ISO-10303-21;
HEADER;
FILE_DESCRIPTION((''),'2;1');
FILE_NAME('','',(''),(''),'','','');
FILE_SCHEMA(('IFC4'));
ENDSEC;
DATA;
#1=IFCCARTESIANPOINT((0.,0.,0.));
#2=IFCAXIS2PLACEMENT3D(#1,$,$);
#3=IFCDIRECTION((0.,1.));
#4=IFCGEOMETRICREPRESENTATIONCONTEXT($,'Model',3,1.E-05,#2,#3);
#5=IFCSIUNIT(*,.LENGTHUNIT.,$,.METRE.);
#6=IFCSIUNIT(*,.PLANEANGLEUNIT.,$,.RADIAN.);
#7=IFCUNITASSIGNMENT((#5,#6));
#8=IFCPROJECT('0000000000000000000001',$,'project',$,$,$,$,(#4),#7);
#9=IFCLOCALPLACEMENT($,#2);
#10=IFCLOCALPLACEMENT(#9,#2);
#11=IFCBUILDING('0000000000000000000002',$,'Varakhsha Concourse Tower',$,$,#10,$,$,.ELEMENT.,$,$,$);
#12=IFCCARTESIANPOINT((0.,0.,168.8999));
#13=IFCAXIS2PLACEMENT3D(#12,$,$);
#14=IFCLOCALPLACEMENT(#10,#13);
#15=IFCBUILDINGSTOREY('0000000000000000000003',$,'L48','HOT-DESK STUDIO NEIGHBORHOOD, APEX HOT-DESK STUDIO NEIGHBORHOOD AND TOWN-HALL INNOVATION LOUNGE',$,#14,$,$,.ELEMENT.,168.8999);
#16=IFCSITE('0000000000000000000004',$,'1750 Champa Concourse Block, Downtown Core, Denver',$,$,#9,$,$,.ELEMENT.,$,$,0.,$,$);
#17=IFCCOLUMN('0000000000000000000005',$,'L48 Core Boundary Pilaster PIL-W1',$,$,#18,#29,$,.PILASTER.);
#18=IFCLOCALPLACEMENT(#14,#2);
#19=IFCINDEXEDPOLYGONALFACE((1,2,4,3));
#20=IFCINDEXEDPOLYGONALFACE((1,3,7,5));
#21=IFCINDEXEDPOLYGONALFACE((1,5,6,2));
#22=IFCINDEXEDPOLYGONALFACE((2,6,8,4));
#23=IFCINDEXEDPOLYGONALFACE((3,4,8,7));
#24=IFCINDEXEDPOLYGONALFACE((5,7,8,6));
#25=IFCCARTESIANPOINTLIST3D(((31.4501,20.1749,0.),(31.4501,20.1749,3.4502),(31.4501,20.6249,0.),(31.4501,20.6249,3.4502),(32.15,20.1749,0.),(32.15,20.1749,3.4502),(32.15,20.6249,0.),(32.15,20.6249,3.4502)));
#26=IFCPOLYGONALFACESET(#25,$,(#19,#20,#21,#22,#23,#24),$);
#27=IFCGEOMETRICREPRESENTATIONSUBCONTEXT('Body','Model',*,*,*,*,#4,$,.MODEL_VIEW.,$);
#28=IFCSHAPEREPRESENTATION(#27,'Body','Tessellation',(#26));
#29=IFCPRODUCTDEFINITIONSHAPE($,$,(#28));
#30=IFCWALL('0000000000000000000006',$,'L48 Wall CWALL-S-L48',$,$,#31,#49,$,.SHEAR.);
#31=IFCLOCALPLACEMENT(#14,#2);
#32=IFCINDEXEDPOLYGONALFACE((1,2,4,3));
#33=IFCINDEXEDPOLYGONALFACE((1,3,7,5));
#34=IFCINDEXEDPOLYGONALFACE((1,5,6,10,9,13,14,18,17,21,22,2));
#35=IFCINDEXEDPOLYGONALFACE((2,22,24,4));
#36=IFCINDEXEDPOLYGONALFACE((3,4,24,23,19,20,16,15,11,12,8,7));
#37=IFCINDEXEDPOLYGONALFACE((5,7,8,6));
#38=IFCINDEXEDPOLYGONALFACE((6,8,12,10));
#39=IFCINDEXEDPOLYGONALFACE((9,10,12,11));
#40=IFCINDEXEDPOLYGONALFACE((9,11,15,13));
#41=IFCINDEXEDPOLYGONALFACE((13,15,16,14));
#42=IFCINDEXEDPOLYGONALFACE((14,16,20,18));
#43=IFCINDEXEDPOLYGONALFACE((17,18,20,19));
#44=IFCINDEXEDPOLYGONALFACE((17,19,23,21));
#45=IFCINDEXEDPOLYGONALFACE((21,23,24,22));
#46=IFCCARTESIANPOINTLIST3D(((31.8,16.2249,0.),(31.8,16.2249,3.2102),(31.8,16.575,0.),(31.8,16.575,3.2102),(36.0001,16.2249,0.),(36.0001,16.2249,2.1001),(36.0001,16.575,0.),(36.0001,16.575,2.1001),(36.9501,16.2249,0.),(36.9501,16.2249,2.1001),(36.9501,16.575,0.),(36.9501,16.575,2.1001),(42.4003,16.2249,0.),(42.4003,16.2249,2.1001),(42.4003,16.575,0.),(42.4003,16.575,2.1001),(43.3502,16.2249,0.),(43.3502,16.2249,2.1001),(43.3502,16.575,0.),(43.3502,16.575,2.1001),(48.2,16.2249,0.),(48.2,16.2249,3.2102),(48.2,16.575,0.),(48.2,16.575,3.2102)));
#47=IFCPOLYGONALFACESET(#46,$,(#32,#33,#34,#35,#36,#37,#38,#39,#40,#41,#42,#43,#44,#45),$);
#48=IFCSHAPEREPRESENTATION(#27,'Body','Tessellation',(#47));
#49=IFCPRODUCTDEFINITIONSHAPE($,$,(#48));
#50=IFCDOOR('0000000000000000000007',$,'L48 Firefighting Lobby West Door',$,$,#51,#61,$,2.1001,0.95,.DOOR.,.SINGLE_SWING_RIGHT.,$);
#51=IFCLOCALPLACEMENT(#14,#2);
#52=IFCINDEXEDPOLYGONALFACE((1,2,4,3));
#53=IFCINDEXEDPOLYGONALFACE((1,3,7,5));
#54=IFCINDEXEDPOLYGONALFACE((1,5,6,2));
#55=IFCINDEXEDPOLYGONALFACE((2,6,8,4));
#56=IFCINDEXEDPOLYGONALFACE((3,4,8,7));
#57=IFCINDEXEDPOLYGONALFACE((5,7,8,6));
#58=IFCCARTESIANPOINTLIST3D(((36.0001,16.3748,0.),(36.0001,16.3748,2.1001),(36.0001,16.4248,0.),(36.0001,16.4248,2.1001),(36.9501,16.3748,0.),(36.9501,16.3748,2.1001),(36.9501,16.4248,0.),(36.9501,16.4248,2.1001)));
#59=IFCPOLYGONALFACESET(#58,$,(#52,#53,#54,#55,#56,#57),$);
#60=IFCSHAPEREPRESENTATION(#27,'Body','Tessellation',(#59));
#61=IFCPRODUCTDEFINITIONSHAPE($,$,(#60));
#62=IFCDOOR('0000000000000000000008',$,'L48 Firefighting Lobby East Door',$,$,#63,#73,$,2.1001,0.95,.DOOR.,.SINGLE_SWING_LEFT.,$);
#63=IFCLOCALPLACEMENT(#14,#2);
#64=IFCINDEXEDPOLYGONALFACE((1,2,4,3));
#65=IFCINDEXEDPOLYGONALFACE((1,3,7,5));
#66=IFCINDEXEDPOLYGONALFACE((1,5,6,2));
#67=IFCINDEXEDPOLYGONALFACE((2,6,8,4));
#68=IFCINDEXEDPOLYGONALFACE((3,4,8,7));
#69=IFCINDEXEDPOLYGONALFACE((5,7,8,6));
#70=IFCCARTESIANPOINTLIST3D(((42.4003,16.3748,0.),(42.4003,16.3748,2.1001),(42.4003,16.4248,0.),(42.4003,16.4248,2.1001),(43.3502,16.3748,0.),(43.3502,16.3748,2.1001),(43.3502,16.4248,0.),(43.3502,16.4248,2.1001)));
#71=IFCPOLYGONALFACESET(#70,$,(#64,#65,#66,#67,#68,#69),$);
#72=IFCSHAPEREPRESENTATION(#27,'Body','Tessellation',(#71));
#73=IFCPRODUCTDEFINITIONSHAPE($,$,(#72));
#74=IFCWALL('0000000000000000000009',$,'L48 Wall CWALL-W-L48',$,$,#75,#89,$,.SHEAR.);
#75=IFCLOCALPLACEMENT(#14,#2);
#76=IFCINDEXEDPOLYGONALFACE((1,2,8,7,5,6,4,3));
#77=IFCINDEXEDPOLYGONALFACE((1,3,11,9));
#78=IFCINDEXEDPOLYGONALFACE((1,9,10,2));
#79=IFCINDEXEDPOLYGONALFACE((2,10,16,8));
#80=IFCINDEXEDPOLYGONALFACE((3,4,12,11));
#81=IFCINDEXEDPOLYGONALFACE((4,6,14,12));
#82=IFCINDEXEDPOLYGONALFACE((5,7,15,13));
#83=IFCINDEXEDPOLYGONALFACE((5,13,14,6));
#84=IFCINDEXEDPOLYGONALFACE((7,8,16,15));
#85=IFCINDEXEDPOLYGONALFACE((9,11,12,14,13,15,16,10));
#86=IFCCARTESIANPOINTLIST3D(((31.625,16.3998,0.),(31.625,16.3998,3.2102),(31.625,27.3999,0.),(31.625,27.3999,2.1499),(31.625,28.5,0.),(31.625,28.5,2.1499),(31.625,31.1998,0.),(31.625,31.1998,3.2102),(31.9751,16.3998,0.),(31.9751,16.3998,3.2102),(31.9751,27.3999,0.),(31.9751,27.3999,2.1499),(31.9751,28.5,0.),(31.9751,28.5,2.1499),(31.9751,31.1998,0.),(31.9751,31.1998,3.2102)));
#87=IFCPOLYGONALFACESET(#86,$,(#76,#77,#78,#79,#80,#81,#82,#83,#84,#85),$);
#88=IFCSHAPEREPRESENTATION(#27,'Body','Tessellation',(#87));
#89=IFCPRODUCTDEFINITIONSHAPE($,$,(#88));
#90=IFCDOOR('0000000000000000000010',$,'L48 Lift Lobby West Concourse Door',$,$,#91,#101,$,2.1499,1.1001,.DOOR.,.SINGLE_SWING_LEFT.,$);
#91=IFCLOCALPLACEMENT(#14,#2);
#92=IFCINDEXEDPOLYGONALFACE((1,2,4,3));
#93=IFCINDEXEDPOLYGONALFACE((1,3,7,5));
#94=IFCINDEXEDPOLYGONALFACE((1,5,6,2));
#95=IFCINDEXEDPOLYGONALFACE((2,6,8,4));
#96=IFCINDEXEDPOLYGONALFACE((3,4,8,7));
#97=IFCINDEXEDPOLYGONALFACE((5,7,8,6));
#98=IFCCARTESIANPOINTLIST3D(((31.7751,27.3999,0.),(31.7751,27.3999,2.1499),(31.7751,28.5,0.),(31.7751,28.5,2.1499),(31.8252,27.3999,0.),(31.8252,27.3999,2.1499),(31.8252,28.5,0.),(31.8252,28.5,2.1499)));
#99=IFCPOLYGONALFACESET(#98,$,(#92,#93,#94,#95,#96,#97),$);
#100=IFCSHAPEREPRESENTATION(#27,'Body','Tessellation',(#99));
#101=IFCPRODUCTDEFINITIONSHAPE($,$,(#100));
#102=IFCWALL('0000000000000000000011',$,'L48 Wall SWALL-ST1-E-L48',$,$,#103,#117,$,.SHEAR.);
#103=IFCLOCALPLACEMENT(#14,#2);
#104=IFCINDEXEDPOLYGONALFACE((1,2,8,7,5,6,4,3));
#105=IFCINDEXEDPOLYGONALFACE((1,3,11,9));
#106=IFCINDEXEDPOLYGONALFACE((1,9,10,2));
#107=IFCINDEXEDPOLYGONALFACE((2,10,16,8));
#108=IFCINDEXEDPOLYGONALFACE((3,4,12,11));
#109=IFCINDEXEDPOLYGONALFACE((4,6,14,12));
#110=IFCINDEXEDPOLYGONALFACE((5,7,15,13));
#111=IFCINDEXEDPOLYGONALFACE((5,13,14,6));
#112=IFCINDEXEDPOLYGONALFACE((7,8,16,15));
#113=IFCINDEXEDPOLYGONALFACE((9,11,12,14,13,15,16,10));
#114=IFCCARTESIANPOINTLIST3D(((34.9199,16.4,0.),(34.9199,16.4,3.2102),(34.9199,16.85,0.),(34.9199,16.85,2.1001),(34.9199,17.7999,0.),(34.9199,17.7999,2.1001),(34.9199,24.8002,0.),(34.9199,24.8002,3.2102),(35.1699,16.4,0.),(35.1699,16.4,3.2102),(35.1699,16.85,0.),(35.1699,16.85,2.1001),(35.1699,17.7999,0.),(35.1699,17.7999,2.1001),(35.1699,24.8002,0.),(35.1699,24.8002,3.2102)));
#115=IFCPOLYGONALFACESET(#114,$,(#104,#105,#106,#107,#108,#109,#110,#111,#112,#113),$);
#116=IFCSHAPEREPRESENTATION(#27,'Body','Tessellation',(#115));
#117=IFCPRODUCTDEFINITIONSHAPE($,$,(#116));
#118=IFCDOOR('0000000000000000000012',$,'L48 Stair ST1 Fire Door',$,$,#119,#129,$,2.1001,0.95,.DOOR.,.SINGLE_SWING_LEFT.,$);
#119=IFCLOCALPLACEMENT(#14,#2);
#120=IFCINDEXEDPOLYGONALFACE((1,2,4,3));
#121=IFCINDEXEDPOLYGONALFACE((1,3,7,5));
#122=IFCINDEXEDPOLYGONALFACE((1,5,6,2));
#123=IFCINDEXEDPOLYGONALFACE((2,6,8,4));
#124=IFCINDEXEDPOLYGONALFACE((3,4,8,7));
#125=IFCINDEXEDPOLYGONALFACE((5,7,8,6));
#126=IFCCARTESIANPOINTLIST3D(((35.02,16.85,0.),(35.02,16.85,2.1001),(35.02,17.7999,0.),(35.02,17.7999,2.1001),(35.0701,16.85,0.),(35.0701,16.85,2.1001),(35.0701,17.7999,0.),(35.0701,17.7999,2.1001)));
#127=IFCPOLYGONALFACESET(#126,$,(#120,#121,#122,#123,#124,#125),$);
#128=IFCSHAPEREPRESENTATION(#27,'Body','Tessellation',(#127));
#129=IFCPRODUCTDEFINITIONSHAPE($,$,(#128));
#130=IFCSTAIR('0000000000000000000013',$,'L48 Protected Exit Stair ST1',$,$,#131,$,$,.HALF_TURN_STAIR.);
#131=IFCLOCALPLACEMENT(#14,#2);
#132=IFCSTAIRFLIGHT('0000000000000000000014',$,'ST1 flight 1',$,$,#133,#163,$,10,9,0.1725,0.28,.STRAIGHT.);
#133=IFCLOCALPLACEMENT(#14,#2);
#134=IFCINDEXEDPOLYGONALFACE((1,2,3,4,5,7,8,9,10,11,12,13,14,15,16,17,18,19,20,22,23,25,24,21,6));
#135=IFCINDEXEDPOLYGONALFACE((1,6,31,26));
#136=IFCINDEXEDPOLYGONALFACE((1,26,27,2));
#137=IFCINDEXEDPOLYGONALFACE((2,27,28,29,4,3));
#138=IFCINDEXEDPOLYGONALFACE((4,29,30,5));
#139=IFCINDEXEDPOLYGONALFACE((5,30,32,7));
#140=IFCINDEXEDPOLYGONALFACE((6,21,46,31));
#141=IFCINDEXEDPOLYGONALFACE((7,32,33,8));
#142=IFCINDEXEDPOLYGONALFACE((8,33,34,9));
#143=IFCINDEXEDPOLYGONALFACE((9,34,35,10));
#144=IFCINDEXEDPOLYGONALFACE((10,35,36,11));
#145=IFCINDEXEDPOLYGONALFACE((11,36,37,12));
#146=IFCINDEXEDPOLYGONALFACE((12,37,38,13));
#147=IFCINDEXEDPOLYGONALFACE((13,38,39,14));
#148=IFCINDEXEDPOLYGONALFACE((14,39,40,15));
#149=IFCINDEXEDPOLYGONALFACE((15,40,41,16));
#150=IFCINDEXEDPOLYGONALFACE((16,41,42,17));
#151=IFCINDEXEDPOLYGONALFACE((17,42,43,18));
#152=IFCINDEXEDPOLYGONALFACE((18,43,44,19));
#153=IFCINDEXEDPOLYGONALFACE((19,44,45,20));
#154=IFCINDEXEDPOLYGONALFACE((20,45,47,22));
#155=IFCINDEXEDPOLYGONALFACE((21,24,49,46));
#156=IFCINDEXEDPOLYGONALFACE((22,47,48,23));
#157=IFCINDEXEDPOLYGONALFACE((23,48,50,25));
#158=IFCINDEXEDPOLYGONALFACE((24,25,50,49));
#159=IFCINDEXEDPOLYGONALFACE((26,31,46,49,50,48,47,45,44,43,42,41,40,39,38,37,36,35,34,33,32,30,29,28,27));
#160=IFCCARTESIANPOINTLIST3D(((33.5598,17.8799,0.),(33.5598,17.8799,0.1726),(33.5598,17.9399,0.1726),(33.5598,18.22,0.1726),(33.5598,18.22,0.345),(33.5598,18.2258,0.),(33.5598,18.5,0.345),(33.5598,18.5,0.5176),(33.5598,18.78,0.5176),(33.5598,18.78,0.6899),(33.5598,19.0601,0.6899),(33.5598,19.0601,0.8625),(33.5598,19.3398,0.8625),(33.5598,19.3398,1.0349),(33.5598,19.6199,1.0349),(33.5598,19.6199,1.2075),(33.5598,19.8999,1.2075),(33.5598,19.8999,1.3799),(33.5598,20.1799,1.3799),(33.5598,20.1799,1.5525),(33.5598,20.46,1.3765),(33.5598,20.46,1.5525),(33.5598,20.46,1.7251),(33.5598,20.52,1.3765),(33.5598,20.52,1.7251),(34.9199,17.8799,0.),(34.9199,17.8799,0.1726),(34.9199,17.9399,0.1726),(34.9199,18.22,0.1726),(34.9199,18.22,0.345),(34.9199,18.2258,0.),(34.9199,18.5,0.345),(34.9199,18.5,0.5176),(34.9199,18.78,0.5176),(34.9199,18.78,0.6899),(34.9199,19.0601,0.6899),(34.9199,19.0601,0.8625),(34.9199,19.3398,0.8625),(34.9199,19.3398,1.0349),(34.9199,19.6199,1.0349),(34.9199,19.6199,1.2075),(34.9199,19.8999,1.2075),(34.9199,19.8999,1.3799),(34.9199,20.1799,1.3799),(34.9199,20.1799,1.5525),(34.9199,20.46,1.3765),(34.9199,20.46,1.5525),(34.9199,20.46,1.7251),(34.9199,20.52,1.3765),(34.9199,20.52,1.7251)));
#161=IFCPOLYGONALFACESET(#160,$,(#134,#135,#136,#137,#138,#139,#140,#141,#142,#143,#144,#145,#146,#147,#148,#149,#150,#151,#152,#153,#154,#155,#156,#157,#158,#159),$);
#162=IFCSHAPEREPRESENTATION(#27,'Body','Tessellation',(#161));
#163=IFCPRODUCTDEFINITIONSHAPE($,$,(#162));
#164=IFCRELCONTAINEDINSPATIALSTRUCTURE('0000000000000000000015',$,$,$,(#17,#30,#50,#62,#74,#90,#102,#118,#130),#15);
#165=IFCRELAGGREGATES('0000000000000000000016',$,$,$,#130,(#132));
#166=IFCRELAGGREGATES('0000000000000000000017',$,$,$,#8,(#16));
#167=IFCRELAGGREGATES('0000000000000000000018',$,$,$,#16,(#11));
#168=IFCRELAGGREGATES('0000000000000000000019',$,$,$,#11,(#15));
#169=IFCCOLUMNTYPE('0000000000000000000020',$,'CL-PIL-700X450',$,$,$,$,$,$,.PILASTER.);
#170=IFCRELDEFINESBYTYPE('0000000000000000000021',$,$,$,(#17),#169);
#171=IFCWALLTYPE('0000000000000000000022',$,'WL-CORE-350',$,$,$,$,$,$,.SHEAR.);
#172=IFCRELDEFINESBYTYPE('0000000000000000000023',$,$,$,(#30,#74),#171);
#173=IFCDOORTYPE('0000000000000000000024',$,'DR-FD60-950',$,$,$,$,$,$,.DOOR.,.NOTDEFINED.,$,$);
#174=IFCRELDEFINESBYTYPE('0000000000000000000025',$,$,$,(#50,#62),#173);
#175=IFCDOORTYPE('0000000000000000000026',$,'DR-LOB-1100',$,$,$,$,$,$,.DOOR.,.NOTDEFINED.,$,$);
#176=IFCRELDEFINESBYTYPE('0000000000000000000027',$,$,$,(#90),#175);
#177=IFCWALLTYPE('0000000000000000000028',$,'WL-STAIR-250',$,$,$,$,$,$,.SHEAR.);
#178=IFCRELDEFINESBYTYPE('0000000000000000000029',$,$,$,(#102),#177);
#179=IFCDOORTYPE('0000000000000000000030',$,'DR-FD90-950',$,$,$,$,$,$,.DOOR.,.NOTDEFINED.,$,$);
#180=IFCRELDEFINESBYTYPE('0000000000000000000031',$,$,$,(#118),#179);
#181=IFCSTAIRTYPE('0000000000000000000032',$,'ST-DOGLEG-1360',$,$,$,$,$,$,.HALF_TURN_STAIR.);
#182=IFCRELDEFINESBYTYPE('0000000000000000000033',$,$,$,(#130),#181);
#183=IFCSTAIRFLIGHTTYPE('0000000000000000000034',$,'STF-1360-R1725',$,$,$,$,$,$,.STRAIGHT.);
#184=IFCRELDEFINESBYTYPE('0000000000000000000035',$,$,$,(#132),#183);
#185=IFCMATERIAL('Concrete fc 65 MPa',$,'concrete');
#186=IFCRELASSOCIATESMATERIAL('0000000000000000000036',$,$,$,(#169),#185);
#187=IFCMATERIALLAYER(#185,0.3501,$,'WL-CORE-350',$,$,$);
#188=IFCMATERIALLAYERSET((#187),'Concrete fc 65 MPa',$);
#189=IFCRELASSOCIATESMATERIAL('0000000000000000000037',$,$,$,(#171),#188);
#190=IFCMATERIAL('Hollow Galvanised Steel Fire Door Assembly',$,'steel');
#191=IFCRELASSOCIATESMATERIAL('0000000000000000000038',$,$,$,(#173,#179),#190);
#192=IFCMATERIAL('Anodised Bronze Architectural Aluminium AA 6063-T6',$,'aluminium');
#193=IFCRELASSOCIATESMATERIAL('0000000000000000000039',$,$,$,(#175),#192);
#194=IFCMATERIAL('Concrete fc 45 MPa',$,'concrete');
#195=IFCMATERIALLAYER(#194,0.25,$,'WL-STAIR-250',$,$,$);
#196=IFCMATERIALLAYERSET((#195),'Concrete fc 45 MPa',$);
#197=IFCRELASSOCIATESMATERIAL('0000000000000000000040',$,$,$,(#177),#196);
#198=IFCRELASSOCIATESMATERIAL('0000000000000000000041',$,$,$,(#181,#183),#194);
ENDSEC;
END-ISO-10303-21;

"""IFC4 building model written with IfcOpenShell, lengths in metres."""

from ifc_helpers import new_model, si_unit, direction, frame, frame_2d, origin, origin_2d, place, context, subcontext, project, spatial, polyline, rectangle, outline, extrude, material, layer, layer_set, material_profile, profile_set, type_object, element, fill, aggregate, save


model = new_model("IFC4")

# Units and contexts
model_context = context("Model", 3, precision=1e-05, world=origin(), true_north=direction((0.0, 1.0)))
body_context = subcontext(model_context, "Body", "Model", "MODEL_VIEW")
ifc_project = project(units=[si_unit("LENGTHUNIT", "METRE"), si_unit("PLANEANGLEUNIT", "RADIAN")], contexts=[model_context])

# Site, building, storey
site_placement = place(None, origin())
site = spatial("IfcSite", under=ifc_project, at=site_placement, Name="1750 Champa Concourse Block, Downtown Core, Denver", CompositionType="ELEMENT", RefElevation=0.0)
building_placement = place(site_placement, origin())
building = spatial("IfcBuilding", under=site, at=building_placement, Name="Varakhsha Concourse Tower", CompositionType="ELEMENT")
storey_placement = place(building_placement, frame((0.0, 0.0, 168.8999)))
storey = spatial("IfcBuildingStorey", under=building, at=storey_placement, Name="L48", Description="HOT-DESK STUDIO NEIGHBORHOOD, APEX HOT-DESK STUDIO NEIGHBORHOOD AND TOWN-HALL INNOVATION LOUNGE", CompositionType="ELEMENT", Elevation=168.8999)

# Column
ifc_material_1 = material(Name="Concrete fc 65 MPa", Category="concrete")
ifc_material_profile = material_profile(ifc_material_1, rectangle(XDim=0.7, YDim=0.45, at=origin_2d()), Name="RC 700x450")
ifc_profile_set = profile_set([ifc_material_profile], Name="Concrete fc 65 MPa")
column_type = type_object("IfcColumnType", Name="CL-PIL-700X450", PredefinedType="PILASTER", material=ifc_profile_set)
column_placement = place(storey_placement, frame((31.8, 20.3999, 0.0), z_axis=(0.0, 0.0, 1.0), x_axis=(1.0, 0.0, 0.0)))
element("IfcColumn", 1, at=column_placement, inside=storey, type_object=column_type, Name="L48 Core Boundary Pilaster PIL-W1", PredefinedType="PILASTER", context=body_context, shape_type="SweptSolid", body=[
    extrude(rectangle(XDim=0.7, YDim=0.45, at=origin_2d()), origin(), (0.0, 0.0, 1.0), 3.4502),
])

# Wall, openings, doors
ifc_layer_1 = layer(ifc_material_1, 0.3501, Name="WL-CORE-350")
ifc_layer_set_1 = layer_set([ifc_layer_1], Name="Concrete fc 65 MPa")
wall_type_1 = type_object("IfcWallType", Name="WL-CORE-350", PredefinedType="SHEAR", material=ifc_layer_set_1)
wall_1_placement = place(storey_placement, frame((31.8, 16.3999, 0.0), z_axis=(0.0, 0.0, 1.0), x_axis=(1.0, 0.0, 0.0)))
wall_1 = element("IfcWall", 2, at=wall_1_placement, inside=storey, type_object=wall_type_1, Name="L48 Wall CWALL-S-L48", PredefinedType="SHEAR", context=body_context, shape_type="SweptSolid", body=[
    extrude(rectangle(XDim=16.3999, YDim=0.3501, at=frame_2d((8.2, 0.0))), origin(), (0.0, 0.0, 1.0), 3.2102),
])
opening_1_placement = place(wall_1_placement, frame((4.2, 0.0, 0.0)))
opening_1 = element("IfcOpeningElement", 3, at=opening_1_placement, cuts=wall_1, PredefinedType="OPENING", context=body_context, shape_type="SweptSolid", body=[
    extrude(rectangle(XDim=0.95, YDim=2.1001, at=frame_2d((0.4751, 1.05))), frame((0.0, 0.1851, 0.0), z_axis=(0.0, -1.0, 0.0), x_axis=(1.0, 0.0, 0.0)), (0.0, 0.0, 1.0), 0.3701),
])
opening_2_placement = place(wall_1_placement, frame((10.6001, 0.0, 0.0)))
opening_2 = element("IfcOpeningElement", 4, at=opening_2_placement, cuts=wall_1, PredefinedType="OPENING", context=body_context, shape_type="SweptSolid", body=[
    extrude(rectangle(XDim=0.95, YDim=2.1001, at=frame_2d((0.4751, 1.05))), frame((0.0, 0.1851, 0.0), z_axis=(0.0, -1.0, 0.0), x_axis=(1.0, 0.0, 0.0)), (0.0, 0.0, 1.0), 0.3701),
])
ifc_material_2 = material(Name="Hollow Galvanised Steel Fire Door Assembly", Category="steel")
door_type_1 = type_object("IfcDoorType", Name="DR-FD60-950", OperationType="NOTDEFINED", PredefinedType="DOOR", material=ifc_material_2)
door_1_placement = place(opening_1_placement, origin())
door_1 = element("IfcDoor", 5, at=door_1_placement, inside=storey, type_object=door_type_1, Name="L48 Firefighting Lobby West Door", OperationType="SINGLE_SWING_RIGHT", OverallHeight=2.1001, OverallWidth=0.95, PredefinedType="DOOR", context=body_context, shape_type="SweptSolid", body=[
    extrude(rectangle(XDim=0.95, YDim=2.1001, at=frame_2d((0.4751, 1.05))), frame((0.0, 0.0249, 0.0), z_axis=(0.0, -1.0, 0.0), x_axis=(1.0, 0.0, 0.0)), (0.0, 0.0, 1.0), 0.05),
])
fill(opening_1, door_1)
door_2_placement = place(opening_2_placement, origin())
door_2 = element("IfcDoor", 6, at=door_2_placement, inside=storey, type_object=door_type_1, Name="L48 Firefighting Lobby East Door", OperationType="SINGLE_SWING_LEFT", OverallHeight=2.1001, OverallWidth=0.95, PredefinedType="DOOR", context=body_context, shape_type="SweptSolid", body=[
    extrude(rectangle(XDim=0.95, YDim=2.1001, at=frame_2d((0.4751, 1.05))), frame((0.0, 0.0249, 0.0), z_axis=(0.0, -1.0, 0.0), x_axis=(1.0, 0.0, 0.0)), (0.0, 0.0, 1.0), 0.05),
])
fill(opening_2, door_2)

# Walls, openings, doors
wall_2_placement = place(storey_placement, frame((31.8, 16.3999, 0.0), z_axis=(0.0, 0.0, 1.0), x_axis=(0.0, 1.0, 0.0)))
wall_2 = element("IfcWall", 7, at=wall_2_placement, inside=storey, type_object=wall_type_1, Name="L48 Wall CWALL-W-L48", PredefinedType="SHEAR", context=body_context, shape_type="SweptSolid", body=[
    extrude(rectangle(XDim=14.8, YDim=0.3501, at=frame_2d((7.3999, 0.0))), origin(), (0.0, 0.0, 1.0), 3.2102),
])
opening_3_placement = place(wall_2_placement, frame((11.0, 0.0, 0.0)))
opening_3 = element("IfcOpeningElement", 8, at=opening_3_placement, cuts=wall_2, PredefinedType="OPENING", context=body_context, shape_type="SweptSolid", body=[
    extrude(rectangle(XDim=1.1001, YDim=2.1499, at=frame_2d((0.55, 1.075))), frame((0.0, 0.1851, 0.0), z_axis=(0.0, -1.0, 0.0), x_axis=(1.0, 0.0, 0.0)), (0.0, 0.0, 1.0), 0.3701),
])
ifc_material_3 = material(Name="Anodised Bronze Architectural Aluminium AA 6063-T6", Category="aluminium")
door_type_2 = type_object("IfcDoorType", Name="DR-LOB-1100", OperationType="NOTDEFINED", PredefinedType="DOOR", material=ifc_material_3)
door_3_placement = place(opening_3_placement, origin())
door_3 = element("IfcDoor", 9, at=door_3_placement, inside=storey, type_object=door_type_2, Name="L48 Lift Lobby West Concourse Door", OperationType="SINGLE_SWING_LEFT", OverallHeight=2.1499, OverallWidth=1.1001, PredefinedType="DOOR", context=body_context, shape_type="SweptSolid", body=[
    extrude(rectangle(XDim=1.1001, YDim=2.1499, at=frame_2d((0.55, 1.075))), frame((0.0, 0.0249, 0.0), z_axis=(0.0, -1.0, 0.0), x_axis=(1.0, 0.0, 0.0)), (0.0, 0.0, 1.0), 0.05),
])
fill(opening_3, door_3)
ifc_material_4 = material(Name="Concrete fc 45 MPa", Category="concrete")
ifc_layer_2 = layer(ifc_material_4, 0.25, Name="WL-STAIR-250")
ifc_layer_set_2 = layer_set([ifc_layer_2], Name="Concrete fc 45 MPa")
wall_type_2 = type_object("IfcWallType", Name="WL-STAIR-250", PredefinedType="SHEAR", material=ifc_layer_set_2)
wall_3_placement = place(storey_placement, frame((35.0449, 16.3999, 0.0), z_axis=(0.0, 0.0, 1.0), x_axis=(0.0, 1.0, 0.0)))
wall_3 = element("IfcWall", 10, at=wall_3_placement, inside=storey, type_object=wall_type_2, Name="L48 Wall SWALL-ST1-E-L48", PredefinedType="SHEAR", context=body_context, shape_type="SweptSolid", body=[
    extrude(rectangle(XDim=8.4001, YDim=0.25, at=frame_2d((4.2002, 0.0))), origin(), (0.0, 0.0, 1.0), 3.2102),
])
opening_4_placement = place(wall_3_placement, frame((0.45, 0.0, 0.0)))
opening_4 = element("IfcOpeningElement", 11, at=opening_4_placement, cuts=wall_3, PredefinedType="OPENING", context=body_context, shape_type="SweptSolid", body=[
    extrude(rectangle(XDim=0.95, YDim=2.1001, at=frame_2d((0.4751, 1.05))), frame((0.0, 0.135, 0.0), z_axis=(0.0, -1.0, 0.0), x_axis=(1.0, 0.0, 0.0)), (0.0, 0.0, 1.0), 0.27),
])
door_type_3 = type_object("IfcDoorType", Name="DR-FD90-950", OperationType="NOTDEFINED", PredefinedType="DOOR", material=ifc_material_2)
door_4_placement = place(opening_4_placement, origin())
door_4 = element("IfcDoor", 12, at=door_4_placement, inside=storey, type_object=door_type_3, Name="L48 Stair ST1 Fire Door", OperationType="SINGLE_SWING_LEFT", OverallHeight=2.1001, OverallWidth=0.95, PredefinedType="DOOR", context=body_context, shape_type="SweptSolid", body=[
    extrude(rectangle(XDim=0.95, YDim=2.1001, at=frame_2d((0.4751, 1.05))), frame((0.0, 0.0249, 0.0), z_axis=(0.0, -1.0, 0.0), x_axis=(1.0, 0.0, 0.0)), (0.0, 0.0, 1.0), 0.05),
])
fill(opening_4, door_4)

# Stair, stair flight
stair_type = type_object("IfcStairType", Name="ST-DOGLEG-1360", PredefinedType="HALF_TURN_STAIR", material=ifc_material_4)
stair_placement = place(storey_placement, origin())
stair = element("IfcStair", 13, at=stair_placement, inside=storey, type_object=stair_type, Name="L48 Protected Exit Stair ST1", PredefinedType="HALF_TURN_STAIR")
stair_flight_type = type_object("IfcStairFlightType", Name="STF-1360-R1725", PredefinedType="STRAIGHT", material=ifc_material_4)
stair_flight_placement = place(storey_placement, frame((34.24, 17.9399, 0.0), z_axis=(0.0, 0.0, 1.0), x_axis=(0.0, 1.0, 0.0)))
stair_flight = element("IfcStairFlight", 14, at=stair_flight_placement, type_object=stair_flight_type, Name="ST1 flight 1", NumberOfRisers=10, NumberOfTreads=9, PredefinedType="STRAIGHT", RiserHeight=0.1725, TreadLength=0.28, context=body_context, shape_type="SweptSolid", body=[
    extrude(outline(polyline([(-0.0601, 0.0), (-0.0601, 0.1726), (0.0, 0.1726), (0.28, 0.1726), (0.28, 0.345), (0.5601, 0.345), (0.5601, 0.5176), (0.8401, 0.5176), (0.8401, 0.6899), (1.1201, 0.6899), (1.1201, 0.8625), (1.3999, 0.8625), (1.3999, 1.0349), (1.6799, 1.0349), (1.6799, 1.2075), (1.96, 1.2075), (1.96, 1.3799), (2.24, 1.3799), (2.24, 1.5525), (2.52, 1.5525), (2.52, 1.7251), (2.5801, 1.7251), (2.5801, 1.3765), (2.52, 1.3765), (0.2859, 0.0), (-0.0601, 0.0)])), frame((0.0, 0.6802, 0.0), z_axis=(0.0, -1.0, 0.0), x_axis=(1.0, 0.0, 0.0)), (0.0, 0.0, 1.0), 1.3601),
])
aggregate(stair, [stair_flight])

save(model, "model.ifc")
